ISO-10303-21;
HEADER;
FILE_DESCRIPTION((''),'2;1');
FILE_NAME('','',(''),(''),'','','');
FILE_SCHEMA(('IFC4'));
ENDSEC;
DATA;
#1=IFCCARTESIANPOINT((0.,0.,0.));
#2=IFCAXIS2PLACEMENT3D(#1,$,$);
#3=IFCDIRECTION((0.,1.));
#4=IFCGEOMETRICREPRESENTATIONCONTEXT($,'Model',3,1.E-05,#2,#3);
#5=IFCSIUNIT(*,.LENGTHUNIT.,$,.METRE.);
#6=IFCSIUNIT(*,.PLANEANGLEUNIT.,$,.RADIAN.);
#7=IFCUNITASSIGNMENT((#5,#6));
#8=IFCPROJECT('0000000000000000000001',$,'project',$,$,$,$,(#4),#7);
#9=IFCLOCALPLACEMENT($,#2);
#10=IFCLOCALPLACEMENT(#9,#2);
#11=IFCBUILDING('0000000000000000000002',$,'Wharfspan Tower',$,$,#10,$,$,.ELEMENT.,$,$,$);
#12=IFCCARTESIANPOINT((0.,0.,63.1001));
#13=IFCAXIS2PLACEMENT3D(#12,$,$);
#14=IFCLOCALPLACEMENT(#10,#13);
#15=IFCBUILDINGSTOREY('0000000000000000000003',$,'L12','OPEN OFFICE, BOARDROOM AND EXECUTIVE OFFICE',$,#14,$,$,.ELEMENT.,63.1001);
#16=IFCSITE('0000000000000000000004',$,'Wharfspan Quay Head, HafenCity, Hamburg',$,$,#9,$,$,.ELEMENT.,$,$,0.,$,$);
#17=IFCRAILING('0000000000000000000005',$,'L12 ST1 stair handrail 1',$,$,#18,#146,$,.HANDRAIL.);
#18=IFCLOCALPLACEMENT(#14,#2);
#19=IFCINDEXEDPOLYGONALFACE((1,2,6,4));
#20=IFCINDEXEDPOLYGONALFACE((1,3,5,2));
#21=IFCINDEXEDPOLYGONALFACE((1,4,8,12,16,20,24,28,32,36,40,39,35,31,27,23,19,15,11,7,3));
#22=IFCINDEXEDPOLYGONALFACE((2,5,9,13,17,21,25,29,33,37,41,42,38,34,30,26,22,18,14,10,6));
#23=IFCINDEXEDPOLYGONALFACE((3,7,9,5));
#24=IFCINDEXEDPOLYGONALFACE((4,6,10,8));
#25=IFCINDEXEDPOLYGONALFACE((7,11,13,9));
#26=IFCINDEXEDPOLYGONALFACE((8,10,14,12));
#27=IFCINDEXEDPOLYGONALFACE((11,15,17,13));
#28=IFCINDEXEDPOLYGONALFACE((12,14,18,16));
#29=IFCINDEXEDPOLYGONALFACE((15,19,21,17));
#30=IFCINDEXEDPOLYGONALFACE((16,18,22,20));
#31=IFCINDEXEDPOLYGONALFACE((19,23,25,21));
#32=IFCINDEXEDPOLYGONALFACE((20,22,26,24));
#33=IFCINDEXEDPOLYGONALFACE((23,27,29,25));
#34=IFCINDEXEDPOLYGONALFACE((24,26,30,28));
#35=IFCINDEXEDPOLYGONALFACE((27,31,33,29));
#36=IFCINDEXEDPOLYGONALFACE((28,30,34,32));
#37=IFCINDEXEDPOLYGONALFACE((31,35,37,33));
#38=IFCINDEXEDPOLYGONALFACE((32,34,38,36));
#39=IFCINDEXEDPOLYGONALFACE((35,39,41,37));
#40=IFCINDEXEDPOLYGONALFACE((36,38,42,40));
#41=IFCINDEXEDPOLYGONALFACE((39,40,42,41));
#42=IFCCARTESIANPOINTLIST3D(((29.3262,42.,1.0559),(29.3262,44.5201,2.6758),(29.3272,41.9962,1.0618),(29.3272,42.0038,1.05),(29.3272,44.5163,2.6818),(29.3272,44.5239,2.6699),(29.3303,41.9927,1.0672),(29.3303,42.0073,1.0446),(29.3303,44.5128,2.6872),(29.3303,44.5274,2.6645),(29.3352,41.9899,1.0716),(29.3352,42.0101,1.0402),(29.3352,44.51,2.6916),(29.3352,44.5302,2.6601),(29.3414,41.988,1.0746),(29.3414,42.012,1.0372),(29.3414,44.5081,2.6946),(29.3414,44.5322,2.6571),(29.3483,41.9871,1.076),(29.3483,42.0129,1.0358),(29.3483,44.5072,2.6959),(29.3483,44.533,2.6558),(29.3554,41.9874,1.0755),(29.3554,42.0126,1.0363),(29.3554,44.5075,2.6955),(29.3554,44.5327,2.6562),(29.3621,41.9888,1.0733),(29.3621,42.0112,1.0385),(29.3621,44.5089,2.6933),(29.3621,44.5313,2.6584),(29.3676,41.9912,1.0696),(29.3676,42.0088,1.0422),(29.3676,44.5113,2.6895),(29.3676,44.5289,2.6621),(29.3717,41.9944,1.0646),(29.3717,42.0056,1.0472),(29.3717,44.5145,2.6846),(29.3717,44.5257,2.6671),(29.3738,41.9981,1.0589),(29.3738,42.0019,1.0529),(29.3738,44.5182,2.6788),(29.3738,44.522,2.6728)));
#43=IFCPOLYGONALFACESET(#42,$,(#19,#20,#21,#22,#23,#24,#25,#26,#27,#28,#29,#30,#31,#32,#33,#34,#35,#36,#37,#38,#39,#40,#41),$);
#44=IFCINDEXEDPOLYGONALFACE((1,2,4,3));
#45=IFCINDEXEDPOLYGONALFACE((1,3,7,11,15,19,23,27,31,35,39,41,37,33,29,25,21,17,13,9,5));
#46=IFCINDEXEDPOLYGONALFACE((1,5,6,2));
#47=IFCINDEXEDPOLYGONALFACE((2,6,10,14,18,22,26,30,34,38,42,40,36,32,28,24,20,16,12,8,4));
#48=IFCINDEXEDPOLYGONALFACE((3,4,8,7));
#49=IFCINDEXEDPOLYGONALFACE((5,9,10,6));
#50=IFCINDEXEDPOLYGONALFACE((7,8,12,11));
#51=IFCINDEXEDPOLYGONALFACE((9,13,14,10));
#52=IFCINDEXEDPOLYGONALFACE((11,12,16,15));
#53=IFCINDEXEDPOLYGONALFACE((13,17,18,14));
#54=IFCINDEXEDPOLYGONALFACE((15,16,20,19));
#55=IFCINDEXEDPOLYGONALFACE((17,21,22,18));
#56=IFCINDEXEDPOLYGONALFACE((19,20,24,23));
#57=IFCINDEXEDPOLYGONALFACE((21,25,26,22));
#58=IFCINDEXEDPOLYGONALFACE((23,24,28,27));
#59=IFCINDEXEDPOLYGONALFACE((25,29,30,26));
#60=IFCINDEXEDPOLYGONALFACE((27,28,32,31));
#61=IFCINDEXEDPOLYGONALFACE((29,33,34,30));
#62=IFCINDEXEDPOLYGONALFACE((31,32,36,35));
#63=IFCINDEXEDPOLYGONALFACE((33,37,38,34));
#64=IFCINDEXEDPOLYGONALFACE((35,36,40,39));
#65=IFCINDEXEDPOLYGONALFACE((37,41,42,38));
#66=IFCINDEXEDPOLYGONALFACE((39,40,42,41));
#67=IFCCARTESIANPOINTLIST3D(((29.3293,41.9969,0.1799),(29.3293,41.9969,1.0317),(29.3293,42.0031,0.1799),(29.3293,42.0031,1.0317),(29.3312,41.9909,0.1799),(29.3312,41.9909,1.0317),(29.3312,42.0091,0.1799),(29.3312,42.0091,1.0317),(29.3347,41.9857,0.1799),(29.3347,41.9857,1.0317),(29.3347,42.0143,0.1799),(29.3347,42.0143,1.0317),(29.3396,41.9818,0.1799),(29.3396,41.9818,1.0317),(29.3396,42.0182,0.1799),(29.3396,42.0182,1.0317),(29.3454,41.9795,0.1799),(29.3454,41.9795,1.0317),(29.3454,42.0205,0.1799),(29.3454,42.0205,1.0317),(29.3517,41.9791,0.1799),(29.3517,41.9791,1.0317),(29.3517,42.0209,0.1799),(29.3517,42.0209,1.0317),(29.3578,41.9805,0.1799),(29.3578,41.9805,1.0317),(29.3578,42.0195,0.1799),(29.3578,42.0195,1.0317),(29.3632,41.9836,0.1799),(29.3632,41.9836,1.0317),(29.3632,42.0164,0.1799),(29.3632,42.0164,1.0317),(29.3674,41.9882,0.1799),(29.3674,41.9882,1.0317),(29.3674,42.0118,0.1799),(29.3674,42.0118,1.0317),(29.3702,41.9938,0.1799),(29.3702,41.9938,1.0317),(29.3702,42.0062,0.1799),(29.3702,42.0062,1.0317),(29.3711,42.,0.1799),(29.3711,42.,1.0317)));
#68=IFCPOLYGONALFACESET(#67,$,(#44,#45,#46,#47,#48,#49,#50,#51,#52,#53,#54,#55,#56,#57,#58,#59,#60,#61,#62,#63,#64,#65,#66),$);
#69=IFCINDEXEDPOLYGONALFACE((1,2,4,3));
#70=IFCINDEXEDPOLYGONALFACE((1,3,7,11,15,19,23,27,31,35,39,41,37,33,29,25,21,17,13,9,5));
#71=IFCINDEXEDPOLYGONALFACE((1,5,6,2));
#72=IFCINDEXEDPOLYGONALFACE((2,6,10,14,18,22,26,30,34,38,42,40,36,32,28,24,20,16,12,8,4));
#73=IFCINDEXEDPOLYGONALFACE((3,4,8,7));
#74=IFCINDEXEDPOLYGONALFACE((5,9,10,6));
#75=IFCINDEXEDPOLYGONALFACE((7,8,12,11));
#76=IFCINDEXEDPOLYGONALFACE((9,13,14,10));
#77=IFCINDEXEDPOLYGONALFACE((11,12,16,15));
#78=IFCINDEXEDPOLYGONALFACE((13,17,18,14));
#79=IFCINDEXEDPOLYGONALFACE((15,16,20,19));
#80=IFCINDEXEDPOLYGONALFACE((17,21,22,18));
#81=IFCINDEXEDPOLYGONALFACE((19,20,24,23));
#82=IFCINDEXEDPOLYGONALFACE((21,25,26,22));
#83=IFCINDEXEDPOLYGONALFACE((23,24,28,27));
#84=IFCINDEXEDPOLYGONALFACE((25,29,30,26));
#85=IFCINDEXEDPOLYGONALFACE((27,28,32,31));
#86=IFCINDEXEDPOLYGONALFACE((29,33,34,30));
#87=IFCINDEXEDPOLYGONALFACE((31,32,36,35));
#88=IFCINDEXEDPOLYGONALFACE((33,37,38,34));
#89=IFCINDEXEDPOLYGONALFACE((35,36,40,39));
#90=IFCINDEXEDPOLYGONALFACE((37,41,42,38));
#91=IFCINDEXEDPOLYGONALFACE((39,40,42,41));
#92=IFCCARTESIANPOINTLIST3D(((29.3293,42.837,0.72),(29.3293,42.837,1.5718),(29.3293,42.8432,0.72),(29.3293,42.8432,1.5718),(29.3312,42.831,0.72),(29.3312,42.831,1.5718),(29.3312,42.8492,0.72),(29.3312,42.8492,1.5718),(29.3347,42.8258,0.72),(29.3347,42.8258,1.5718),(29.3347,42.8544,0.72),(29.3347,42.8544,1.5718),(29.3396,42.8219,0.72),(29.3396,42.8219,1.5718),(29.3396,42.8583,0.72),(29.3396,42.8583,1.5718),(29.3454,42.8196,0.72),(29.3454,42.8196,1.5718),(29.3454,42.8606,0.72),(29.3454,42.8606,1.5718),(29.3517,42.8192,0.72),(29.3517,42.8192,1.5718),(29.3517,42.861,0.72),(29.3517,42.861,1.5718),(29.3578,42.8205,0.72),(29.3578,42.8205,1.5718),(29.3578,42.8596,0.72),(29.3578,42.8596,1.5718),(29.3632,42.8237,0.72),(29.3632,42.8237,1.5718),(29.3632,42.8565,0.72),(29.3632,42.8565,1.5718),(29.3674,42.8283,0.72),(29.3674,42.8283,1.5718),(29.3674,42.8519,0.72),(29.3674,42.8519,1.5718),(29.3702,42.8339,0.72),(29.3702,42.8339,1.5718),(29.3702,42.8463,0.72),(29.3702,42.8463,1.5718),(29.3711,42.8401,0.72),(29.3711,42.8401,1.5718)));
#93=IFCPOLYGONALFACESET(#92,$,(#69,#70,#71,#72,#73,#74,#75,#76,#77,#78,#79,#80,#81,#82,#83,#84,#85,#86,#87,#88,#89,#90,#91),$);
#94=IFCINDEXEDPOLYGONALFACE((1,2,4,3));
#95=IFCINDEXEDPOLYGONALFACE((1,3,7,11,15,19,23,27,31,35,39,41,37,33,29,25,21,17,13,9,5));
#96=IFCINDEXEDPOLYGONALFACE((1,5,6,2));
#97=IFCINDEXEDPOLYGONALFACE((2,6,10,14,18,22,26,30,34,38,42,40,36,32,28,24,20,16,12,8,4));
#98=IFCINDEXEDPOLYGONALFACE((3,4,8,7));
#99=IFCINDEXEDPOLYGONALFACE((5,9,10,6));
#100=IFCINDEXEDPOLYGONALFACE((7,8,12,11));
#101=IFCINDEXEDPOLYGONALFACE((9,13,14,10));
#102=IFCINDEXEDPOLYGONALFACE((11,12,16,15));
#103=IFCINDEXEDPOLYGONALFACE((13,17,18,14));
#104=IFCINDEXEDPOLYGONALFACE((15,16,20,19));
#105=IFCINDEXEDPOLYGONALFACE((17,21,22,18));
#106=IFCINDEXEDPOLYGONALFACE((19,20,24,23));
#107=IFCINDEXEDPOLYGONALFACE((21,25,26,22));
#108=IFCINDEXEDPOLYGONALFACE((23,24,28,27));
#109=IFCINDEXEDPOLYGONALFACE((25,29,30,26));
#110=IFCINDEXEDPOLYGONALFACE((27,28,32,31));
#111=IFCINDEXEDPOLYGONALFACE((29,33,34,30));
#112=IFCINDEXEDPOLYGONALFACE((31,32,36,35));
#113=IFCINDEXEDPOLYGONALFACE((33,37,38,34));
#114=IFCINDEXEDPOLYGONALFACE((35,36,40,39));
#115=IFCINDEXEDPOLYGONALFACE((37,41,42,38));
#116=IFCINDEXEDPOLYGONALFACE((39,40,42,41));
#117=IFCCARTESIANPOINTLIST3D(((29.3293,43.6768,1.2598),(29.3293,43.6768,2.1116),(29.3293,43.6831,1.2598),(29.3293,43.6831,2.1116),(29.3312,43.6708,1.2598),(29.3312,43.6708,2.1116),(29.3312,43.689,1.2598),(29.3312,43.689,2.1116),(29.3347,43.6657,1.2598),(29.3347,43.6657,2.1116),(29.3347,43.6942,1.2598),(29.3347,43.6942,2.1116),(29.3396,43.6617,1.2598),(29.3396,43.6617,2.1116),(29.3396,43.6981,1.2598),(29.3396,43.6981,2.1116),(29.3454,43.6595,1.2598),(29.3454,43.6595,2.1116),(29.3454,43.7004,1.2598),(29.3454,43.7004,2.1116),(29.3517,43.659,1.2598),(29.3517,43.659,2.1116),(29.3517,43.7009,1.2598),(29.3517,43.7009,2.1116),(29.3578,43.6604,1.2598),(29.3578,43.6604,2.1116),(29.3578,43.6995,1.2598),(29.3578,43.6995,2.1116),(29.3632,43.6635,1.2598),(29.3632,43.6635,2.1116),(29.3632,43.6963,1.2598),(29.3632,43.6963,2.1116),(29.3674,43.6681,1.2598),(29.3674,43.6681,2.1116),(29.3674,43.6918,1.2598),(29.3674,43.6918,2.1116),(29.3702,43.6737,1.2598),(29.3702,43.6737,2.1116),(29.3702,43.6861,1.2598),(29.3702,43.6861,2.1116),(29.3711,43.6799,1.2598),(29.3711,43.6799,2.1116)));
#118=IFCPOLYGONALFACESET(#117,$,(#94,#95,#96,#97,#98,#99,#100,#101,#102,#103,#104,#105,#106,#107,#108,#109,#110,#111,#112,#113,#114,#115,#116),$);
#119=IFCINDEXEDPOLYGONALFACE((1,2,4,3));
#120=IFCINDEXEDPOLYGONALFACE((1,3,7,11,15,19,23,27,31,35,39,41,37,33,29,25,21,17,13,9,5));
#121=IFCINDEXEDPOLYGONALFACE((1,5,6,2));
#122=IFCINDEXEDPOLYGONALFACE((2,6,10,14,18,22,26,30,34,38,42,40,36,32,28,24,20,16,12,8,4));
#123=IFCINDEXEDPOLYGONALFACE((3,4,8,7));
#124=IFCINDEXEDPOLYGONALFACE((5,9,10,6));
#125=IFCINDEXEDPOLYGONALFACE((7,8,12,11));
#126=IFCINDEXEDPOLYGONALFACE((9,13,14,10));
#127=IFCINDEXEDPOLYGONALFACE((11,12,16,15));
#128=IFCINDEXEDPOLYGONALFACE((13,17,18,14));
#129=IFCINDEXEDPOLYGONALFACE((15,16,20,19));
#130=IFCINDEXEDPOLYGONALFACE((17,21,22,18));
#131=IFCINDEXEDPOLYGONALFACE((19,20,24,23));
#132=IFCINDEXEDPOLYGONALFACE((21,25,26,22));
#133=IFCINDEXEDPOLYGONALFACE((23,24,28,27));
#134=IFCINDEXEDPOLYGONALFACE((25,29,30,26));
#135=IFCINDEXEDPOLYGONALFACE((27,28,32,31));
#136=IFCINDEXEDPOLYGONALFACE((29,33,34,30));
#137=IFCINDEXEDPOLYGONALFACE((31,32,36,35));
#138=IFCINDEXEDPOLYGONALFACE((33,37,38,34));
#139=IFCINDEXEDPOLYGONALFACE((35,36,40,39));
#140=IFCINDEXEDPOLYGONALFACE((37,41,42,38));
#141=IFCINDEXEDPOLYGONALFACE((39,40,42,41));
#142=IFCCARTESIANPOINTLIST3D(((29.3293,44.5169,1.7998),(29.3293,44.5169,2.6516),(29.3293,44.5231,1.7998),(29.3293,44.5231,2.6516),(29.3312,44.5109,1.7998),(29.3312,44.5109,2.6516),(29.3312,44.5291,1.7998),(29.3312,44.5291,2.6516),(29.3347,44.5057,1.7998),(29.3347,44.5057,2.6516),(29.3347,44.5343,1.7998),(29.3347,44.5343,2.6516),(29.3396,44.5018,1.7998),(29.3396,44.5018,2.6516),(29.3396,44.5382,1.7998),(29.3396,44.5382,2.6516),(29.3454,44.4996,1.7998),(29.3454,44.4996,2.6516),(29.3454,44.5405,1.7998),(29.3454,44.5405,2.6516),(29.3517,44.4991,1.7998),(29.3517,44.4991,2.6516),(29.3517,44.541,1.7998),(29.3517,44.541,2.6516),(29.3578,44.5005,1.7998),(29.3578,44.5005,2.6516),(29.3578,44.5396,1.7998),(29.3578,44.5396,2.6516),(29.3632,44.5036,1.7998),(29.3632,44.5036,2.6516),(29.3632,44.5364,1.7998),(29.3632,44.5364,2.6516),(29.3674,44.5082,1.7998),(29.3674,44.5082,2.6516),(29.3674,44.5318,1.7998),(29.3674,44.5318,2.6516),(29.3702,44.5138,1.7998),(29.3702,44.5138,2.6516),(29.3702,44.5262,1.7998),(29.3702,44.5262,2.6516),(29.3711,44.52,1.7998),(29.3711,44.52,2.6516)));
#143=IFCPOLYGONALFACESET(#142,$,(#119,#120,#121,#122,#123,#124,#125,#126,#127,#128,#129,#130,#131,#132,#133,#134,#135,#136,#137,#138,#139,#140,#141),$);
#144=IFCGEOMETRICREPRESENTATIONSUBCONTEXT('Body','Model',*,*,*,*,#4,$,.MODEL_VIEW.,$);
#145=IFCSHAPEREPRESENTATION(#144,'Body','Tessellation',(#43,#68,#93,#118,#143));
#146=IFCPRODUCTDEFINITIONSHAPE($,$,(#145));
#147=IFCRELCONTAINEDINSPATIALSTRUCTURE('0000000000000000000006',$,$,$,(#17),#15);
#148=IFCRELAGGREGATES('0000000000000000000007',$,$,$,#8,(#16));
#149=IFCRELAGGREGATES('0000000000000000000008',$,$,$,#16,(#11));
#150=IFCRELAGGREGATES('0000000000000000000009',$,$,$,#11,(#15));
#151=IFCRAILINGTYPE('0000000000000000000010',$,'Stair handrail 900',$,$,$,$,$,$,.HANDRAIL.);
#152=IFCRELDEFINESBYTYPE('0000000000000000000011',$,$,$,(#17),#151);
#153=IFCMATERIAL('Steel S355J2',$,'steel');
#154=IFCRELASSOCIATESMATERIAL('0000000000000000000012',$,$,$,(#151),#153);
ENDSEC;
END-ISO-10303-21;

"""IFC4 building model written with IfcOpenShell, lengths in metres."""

from ifc_helpers import new_model, si_unit, direction, frame, origin, origin_2d, place, context, subcontext, project, spatial, circle, extrude, material, type_object, element, save


model = new_model("IFC4")

# Units and contexts
model_context = context("Model", 3, precision=1e-05, world=origin(), true_north=direction((0.0, 1.0)))
body_context = subcontext(model_context, "Body", "Model", "MODEL_VIEW")
ifc_project = project(units=[si_unit("LENGTHUNIT", "METRE"), si_unit("PLANEANGLEUNIT", "RADIAN")], contexts=[model_context])

# Site, building, storey
site_placement = place(None, origin())
site = spatial("IfcSite", under=ifc_project, at=site_placement, Name="Wharfspan Quay Head, HafenCity, Hamburg", CompositionType="ELEMENT", RefElevation=0.0)
building_placement = place(site_placement, origin())
building = spatial("IfcBuilding", under=site, at=building_placement, Name="Wharfspan Tower", CompositionType="ELEMENT")
storey_placement = place(building_placement, frame((0.0, 0.0, 63.1001)))
storey = spatial("IfcBuildingStorey", under=building, at=storey_placement, Name="L12", Description="OPEN OFFICE, BOARDROOM AND EXECUTIVE OFFICE", CompositionType="ELEMENT", Elevation=63.1001)

# Shared definitions
ifc_material_1 = material(Name="Steel S355J2", Category="steel")

# Railing
railing_type_1 = type_object("IfcRailingType", Name="Stair handrail 900", PredefinedType="HANDRAIL", material=ifc_material_1)
railing_1_placement = place(storey_placement, frame((29.3501, 42.0, 0.1799)))
element("IfcRailing", 1, at=railing_1_placement, inside=storey, type_object=railing_type_1, Name="L12 ST1 stair handrail 1", PredefinedType="HANDRAIL", context=body_context, shape_type="SweptSolid", body=[
    extrude(circle(Radius=0.0239, at=origin_2d()), frame((0.0, 0.0, 0.876), z_axis=(0.0, 0.8412, 0.540725), x_axis=(-1.0, 0.0, 0.0)), (0.0, 0.0, 1.0), 2.9958),
    extrude(circle(Radius=0.021, at=origin_2d()), origin(), (0.0, 0.0, 1.0), 0.8518),
    extrude(circle(Radius=0.021, at=origin_2d()), frame((0.0, 0.8401, 0.54)), (0.0, 0.0, 1.0), 0.8518),
    extrude(circle(Radius=0.021, at=origin_2d()), frame((0.0, 1.6799, 1.0798)), (0.0, 0.0, 1.0), 0.8518),
    extrude(circle(Radius=0.021, at=origin_2d()), frame((0.0, 2.52, 1.6199)), (0.0, 0.0, 1.0), 0.8518),
])

save(model, "model.ifc")
